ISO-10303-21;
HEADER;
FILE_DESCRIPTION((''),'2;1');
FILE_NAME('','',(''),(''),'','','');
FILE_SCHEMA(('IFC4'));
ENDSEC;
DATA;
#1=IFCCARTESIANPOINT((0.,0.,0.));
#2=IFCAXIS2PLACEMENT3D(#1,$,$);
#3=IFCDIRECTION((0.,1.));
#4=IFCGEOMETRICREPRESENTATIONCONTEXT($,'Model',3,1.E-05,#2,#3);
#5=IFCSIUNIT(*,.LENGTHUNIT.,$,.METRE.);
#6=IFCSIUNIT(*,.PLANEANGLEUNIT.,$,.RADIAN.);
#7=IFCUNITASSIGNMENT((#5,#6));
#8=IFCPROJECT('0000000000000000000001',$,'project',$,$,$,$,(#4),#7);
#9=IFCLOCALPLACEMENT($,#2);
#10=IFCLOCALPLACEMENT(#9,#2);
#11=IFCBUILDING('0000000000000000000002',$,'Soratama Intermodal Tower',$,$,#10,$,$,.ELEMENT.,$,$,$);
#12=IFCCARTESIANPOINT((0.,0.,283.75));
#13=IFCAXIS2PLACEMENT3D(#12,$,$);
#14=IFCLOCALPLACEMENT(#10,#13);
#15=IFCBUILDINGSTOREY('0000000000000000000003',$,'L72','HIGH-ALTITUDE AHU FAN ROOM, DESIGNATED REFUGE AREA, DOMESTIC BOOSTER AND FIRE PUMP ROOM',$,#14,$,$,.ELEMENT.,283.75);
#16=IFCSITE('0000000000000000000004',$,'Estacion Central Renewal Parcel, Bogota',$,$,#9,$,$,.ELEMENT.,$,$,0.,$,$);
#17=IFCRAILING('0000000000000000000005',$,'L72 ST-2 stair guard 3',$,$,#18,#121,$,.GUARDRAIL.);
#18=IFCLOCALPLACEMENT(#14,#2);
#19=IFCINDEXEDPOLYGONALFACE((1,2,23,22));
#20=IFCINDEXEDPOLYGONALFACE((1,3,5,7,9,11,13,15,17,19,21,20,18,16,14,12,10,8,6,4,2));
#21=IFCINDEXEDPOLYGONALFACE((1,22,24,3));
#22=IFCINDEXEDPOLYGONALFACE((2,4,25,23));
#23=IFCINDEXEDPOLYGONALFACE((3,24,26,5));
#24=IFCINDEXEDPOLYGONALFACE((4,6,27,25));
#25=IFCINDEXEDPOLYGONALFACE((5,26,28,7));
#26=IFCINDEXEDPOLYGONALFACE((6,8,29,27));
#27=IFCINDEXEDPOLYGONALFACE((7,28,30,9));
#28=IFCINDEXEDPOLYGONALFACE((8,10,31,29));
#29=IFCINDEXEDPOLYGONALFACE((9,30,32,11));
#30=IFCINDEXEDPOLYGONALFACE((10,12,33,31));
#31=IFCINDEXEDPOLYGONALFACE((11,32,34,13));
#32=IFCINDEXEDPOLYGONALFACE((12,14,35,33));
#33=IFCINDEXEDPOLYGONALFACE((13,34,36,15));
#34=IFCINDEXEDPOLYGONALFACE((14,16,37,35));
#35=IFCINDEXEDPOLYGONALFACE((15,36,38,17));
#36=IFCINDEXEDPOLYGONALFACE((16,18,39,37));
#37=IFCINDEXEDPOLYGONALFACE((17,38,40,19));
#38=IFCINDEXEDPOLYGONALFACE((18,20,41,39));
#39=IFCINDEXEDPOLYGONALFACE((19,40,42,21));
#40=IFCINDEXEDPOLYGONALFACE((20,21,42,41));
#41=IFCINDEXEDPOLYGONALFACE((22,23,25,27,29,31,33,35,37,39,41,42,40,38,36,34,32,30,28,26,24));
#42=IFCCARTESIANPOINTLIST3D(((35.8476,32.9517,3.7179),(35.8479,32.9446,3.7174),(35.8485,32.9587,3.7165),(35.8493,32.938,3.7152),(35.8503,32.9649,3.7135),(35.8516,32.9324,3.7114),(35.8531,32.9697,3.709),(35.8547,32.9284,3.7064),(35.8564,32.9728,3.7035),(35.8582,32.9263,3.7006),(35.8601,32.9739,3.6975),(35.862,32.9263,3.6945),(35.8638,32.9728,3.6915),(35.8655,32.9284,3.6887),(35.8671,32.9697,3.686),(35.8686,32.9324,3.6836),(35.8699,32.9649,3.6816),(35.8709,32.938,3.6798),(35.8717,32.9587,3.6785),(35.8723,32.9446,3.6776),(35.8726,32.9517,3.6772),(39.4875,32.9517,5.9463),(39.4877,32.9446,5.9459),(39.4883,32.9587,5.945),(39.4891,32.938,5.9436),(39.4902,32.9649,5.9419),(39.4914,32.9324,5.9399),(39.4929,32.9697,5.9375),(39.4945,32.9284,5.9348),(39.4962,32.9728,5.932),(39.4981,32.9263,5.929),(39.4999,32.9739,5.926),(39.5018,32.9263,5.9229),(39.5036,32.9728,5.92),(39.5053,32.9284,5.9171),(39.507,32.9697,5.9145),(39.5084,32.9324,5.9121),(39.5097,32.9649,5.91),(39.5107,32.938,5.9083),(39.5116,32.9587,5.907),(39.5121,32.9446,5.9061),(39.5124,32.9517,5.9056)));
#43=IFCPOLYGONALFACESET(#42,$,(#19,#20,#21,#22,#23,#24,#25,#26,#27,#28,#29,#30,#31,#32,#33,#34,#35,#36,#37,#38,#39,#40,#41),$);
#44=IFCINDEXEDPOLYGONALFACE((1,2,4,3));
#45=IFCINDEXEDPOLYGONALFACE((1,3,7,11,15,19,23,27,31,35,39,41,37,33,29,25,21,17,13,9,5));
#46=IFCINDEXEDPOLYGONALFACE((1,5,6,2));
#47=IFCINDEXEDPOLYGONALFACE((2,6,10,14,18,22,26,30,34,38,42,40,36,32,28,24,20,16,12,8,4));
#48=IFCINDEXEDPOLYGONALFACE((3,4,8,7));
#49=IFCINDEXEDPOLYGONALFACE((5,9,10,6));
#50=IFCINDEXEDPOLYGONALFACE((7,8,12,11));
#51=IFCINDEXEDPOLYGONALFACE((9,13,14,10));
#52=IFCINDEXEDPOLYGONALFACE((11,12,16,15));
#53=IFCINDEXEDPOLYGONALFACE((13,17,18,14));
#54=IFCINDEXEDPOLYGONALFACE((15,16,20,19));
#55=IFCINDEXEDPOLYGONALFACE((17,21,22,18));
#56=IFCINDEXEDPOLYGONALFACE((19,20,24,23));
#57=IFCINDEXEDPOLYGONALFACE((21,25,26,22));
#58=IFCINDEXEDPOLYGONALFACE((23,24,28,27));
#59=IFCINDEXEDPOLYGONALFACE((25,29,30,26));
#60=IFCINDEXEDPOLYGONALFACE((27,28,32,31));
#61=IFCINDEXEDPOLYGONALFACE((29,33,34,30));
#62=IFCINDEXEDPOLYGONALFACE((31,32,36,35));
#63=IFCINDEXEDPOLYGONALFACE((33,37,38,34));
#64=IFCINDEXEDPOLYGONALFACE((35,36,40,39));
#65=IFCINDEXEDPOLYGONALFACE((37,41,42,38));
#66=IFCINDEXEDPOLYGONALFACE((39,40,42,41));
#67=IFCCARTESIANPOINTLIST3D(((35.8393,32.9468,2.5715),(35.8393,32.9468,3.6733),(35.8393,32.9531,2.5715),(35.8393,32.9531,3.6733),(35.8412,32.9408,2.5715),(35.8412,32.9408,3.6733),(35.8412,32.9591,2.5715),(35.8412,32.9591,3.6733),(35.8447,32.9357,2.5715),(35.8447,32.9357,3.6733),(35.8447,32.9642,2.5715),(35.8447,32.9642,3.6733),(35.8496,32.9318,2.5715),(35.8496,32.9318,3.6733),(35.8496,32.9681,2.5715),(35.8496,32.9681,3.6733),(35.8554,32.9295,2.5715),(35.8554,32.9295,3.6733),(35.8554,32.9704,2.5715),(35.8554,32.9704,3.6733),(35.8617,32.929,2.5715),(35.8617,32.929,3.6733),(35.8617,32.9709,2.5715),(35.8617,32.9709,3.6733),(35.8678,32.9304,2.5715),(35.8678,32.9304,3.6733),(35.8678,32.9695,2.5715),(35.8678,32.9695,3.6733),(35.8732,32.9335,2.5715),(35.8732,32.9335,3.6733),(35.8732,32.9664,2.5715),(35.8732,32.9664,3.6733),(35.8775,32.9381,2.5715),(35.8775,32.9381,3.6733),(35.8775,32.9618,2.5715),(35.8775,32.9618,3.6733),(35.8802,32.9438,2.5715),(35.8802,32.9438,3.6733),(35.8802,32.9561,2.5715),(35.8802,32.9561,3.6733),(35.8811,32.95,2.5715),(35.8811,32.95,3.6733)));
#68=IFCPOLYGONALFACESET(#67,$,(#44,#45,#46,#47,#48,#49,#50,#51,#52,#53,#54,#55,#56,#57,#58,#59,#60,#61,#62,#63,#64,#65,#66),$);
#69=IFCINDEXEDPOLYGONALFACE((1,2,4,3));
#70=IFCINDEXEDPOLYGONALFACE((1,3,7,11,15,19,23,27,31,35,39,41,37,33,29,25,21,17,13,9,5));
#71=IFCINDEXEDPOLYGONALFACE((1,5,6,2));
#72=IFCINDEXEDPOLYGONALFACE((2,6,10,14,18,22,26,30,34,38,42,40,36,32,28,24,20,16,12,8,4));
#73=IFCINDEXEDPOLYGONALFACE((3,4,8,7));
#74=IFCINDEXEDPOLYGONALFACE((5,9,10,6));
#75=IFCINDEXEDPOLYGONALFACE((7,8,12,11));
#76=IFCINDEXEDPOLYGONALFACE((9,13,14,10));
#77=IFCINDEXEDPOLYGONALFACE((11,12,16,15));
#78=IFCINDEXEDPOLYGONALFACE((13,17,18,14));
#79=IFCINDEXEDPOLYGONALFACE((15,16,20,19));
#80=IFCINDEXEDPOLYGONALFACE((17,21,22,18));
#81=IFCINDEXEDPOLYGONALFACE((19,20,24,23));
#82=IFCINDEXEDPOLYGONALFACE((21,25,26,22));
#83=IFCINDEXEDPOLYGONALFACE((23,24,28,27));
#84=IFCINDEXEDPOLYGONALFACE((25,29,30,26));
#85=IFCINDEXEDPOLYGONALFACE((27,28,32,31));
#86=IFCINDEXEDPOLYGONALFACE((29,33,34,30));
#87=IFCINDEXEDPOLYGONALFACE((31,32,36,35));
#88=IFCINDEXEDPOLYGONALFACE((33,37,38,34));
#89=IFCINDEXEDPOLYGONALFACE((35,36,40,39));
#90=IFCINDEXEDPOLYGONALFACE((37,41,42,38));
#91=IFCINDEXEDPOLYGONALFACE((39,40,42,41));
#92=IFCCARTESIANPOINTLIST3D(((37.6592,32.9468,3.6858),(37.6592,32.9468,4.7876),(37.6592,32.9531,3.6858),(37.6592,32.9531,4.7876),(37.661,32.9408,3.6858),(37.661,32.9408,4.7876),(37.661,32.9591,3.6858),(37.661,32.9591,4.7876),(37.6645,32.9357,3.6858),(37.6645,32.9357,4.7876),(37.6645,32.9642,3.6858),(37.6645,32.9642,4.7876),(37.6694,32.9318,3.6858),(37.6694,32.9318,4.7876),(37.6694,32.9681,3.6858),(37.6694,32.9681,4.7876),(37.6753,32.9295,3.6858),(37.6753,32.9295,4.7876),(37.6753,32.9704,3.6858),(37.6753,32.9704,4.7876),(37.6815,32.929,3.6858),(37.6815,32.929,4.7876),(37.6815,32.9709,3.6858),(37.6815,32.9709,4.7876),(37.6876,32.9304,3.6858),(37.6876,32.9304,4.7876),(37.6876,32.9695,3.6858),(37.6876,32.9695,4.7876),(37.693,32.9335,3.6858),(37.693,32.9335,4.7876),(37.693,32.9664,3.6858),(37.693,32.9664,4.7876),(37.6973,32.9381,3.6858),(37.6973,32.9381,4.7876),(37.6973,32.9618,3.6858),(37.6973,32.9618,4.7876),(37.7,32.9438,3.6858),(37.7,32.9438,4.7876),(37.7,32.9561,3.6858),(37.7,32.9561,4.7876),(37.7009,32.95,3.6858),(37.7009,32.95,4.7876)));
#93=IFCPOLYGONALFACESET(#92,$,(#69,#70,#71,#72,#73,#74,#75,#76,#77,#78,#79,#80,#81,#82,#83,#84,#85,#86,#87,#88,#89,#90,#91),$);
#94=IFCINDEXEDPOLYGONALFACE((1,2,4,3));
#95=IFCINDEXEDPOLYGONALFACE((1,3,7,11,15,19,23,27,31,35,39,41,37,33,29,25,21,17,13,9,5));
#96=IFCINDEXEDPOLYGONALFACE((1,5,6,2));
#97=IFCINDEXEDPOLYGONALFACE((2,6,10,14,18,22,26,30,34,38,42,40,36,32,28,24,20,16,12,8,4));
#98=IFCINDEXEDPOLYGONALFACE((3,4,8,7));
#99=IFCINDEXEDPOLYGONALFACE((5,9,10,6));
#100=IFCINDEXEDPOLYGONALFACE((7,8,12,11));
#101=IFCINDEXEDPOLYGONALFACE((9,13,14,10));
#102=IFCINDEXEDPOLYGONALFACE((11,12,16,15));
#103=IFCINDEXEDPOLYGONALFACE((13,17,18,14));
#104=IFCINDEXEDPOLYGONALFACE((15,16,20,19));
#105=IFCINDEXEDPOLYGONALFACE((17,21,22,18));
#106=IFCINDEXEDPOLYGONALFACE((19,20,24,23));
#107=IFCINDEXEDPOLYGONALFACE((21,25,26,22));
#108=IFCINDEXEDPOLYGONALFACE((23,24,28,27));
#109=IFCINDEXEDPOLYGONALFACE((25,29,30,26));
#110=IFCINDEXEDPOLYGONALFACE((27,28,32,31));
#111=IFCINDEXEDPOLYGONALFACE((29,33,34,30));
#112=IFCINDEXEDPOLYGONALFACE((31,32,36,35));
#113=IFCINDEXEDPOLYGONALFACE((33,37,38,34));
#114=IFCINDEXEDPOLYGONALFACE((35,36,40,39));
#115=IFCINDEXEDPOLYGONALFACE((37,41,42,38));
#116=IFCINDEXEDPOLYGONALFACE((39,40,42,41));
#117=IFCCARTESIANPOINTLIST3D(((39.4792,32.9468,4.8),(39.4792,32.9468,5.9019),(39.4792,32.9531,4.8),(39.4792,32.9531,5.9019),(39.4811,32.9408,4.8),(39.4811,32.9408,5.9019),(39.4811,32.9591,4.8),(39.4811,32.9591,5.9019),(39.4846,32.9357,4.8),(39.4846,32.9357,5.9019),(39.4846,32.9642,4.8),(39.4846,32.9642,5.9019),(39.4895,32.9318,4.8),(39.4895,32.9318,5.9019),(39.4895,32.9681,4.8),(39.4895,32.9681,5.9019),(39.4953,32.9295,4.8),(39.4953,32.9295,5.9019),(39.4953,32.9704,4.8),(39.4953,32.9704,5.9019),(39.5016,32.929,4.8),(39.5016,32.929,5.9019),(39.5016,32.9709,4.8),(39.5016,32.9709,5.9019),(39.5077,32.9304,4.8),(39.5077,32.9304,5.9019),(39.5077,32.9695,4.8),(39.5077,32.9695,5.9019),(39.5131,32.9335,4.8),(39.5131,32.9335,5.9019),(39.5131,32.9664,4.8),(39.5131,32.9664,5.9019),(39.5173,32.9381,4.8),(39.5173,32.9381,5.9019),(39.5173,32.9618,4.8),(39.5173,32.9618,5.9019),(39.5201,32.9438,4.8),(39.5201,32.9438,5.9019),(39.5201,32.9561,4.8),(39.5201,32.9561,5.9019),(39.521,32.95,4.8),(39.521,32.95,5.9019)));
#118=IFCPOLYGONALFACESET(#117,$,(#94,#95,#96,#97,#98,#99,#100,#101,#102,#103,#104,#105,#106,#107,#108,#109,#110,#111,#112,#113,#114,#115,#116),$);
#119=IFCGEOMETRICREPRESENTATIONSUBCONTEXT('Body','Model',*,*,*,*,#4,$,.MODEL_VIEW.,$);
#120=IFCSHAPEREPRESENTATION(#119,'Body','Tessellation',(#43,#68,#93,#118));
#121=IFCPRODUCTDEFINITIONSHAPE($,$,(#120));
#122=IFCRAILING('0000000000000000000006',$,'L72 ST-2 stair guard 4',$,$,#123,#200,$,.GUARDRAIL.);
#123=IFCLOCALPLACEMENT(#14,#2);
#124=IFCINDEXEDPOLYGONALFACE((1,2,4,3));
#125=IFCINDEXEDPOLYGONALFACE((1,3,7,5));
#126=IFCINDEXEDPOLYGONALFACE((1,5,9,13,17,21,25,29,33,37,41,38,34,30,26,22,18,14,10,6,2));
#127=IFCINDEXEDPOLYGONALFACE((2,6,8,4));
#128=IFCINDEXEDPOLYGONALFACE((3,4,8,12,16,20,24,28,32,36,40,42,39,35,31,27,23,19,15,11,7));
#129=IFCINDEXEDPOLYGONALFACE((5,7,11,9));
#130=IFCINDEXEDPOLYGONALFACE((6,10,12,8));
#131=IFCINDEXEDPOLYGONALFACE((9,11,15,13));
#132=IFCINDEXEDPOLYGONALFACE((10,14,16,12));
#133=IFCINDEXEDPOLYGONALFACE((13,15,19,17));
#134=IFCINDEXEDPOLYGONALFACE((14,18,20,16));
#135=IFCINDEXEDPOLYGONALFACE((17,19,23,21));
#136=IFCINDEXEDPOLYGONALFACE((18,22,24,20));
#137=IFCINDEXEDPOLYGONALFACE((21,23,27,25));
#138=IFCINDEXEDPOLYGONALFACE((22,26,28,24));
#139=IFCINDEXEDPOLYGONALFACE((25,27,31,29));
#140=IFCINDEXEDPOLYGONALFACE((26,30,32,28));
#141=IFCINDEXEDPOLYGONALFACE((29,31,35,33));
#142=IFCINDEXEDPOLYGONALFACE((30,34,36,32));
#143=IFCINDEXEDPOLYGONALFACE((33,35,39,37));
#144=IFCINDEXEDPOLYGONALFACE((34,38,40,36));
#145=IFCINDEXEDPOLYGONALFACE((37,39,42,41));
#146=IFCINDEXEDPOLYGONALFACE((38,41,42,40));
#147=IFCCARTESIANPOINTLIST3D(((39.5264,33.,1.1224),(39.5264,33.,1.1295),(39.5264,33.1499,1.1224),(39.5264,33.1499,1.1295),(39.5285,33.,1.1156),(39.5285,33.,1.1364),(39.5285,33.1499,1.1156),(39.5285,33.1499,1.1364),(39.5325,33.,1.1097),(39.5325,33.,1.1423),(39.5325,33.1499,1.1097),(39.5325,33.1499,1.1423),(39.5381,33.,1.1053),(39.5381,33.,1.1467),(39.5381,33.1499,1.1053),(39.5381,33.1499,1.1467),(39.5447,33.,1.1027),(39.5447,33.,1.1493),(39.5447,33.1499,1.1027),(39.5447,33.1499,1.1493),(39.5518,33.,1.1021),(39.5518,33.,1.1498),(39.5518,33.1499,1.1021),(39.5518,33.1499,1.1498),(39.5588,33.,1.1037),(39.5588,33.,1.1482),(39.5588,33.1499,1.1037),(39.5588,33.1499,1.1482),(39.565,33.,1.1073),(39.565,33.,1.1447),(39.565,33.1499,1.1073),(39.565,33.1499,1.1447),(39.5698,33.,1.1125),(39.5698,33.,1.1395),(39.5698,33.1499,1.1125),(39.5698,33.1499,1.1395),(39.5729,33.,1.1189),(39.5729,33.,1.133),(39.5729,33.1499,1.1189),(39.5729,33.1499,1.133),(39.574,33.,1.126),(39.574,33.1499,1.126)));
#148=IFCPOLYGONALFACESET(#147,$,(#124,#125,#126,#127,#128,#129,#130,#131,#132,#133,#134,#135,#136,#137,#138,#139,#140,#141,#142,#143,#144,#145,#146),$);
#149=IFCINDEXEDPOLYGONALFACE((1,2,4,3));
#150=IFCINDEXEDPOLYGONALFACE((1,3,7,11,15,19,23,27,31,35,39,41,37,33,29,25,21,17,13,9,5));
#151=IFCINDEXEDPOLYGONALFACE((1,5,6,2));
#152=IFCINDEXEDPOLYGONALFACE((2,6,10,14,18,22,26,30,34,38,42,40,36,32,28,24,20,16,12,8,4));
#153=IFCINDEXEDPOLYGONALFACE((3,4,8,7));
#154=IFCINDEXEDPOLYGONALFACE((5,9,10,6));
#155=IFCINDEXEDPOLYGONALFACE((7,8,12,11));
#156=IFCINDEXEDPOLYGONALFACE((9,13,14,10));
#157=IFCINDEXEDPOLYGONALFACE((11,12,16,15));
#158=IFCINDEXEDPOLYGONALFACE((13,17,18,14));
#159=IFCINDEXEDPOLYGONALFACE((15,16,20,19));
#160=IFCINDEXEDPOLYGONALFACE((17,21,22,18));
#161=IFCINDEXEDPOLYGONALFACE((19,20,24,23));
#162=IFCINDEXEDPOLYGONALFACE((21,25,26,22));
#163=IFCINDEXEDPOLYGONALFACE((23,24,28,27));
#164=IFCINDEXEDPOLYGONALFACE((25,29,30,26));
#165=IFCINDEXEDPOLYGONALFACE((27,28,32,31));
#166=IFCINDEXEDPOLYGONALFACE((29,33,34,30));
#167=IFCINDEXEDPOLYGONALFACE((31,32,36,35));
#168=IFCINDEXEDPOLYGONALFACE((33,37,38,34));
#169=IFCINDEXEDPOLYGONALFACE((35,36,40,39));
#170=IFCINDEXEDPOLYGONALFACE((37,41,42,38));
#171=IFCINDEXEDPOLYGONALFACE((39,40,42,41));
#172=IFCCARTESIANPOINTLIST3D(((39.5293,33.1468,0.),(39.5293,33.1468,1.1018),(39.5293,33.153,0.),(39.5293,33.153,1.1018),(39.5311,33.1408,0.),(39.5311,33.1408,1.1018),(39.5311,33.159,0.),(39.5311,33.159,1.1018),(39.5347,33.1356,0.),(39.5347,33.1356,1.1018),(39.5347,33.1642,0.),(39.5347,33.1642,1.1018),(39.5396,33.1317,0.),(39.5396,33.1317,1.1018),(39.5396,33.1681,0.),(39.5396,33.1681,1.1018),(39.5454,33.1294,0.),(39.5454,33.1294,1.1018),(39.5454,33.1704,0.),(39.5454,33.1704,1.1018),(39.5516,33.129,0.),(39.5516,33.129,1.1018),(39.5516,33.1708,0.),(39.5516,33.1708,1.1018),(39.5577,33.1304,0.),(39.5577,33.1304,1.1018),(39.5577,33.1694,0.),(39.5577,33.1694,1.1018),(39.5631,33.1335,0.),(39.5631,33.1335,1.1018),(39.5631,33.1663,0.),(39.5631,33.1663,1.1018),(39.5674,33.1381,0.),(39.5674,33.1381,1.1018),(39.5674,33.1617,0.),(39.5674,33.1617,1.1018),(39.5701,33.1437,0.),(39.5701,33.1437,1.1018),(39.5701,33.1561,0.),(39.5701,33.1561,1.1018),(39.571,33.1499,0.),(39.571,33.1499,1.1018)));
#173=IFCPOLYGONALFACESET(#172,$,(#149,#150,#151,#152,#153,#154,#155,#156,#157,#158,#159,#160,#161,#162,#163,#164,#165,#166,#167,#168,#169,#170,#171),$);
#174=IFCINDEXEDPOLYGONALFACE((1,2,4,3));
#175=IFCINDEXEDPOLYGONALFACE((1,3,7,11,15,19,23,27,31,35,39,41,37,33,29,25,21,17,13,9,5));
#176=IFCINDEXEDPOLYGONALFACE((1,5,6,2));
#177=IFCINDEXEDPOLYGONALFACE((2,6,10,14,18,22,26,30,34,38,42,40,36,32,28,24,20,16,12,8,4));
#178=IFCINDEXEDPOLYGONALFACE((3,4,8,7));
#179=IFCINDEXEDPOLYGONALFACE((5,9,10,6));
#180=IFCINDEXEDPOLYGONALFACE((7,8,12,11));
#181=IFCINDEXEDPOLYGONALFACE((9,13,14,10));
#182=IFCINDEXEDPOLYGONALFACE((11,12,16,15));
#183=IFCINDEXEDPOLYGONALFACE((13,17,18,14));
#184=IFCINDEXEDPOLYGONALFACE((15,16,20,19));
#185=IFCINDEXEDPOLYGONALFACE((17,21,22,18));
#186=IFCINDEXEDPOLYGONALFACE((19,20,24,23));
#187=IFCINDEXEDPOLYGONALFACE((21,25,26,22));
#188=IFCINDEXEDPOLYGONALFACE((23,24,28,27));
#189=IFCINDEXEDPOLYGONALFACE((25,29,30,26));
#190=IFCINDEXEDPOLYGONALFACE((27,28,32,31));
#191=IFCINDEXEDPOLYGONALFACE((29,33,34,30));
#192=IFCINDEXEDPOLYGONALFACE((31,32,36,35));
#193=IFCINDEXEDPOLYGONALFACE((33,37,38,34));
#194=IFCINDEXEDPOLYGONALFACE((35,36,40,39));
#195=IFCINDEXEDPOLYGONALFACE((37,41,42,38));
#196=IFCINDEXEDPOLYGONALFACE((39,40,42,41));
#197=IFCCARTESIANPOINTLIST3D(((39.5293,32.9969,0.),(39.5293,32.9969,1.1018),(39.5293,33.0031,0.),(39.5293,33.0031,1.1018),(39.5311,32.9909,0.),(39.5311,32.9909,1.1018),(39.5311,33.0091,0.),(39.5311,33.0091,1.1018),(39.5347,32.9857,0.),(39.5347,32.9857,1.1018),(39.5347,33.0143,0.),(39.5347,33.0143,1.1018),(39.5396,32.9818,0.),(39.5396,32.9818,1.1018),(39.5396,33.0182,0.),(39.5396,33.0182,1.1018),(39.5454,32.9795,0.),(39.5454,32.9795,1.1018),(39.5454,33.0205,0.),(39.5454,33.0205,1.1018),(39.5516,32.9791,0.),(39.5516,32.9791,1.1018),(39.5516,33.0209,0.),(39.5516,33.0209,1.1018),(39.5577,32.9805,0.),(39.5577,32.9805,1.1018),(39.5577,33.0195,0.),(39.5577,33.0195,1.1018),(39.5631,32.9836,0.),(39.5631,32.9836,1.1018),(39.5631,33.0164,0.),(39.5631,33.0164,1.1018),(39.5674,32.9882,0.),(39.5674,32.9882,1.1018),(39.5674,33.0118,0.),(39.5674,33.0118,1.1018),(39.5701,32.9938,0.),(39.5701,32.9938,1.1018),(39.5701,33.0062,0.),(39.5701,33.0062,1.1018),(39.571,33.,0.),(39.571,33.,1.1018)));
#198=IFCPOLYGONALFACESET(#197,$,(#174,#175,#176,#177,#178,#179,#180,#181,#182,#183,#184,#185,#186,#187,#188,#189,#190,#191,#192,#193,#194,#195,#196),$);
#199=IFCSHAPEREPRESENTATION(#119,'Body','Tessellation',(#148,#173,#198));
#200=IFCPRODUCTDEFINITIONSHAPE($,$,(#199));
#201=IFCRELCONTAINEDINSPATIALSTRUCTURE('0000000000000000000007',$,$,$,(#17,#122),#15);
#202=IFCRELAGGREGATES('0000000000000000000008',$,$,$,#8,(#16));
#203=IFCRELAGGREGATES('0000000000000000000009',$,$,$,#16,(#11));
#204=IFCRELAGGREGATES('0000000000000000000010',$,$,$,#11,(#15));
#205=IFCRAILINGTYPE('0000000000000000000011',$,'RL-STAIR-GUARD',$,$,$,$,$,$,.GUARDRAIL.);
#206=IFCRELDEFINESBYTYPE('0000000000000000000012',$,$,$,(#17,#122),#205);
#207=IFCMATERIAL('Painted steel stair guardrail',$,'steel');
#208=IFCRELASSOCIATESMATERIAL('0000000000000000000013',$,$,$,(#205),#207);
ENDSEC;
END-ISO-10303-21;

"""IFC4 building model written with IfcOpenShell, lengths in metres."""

from ifc_helpers import new_model, si_unit, direction, frame, origin, origin_2d, place, context, subcontext, project, spatial, circle, extrude, material, type_object, element, save


model = new_model("IFC4")

# Units and contexts
model_context = context("Model", 3, precision=1e-05, world=origin(), true_north=direction((0.0, 1.0)))
body_context = subcontext(model_context, "Body", "Model", "MODEL_VIEW")
ifc_project = project(units=[si_unit("LENGTHUNIT", "METRE"), si_unit("PLANEANGLEUNIT", "RADIAN")], contexts=[model_context])

# Site, building, storey
site_placement = place(None, origin())
site = spatial("IfcSite", under=ifc_project, at=site_placement, Name="Estacion Central Renewal Parcel, Bogota", CompositionType="ELEMENT", RefElevation=0.0)
building_placement = place(site_placement, origin())
building = spatial("IfcBuilding", under=site, at=building_placement, Name="Soratama Intermodal Tower", CompositionType="ELEMENT")
storey_placement = place(building_placement, frame((0.0, 0.0, 283.75)))
storey = spatial("IfcBuildingStorey", under=building, at=storey_placement, Name="L72", Description="HIGH-ALTITUDE AHU FAN ROOM, DESIGNATED REFUGE AREA, DOMESTIC BOOSTER AND FIRE PUMP ROOM", CompositionType="ELEMENT", Elevation=283.75)

# Railings
ifc_material_1 = material(Name="Painted steel stair guardrail", Category="steel")
railing_type_1 = type_object("IfcRailingType", Name="RL-STAIR-GUARD", PredefinedType="GUARDRAIL", material=ifc_material_1)
railing_1_placement = place(storey_placement, frame((35.8601, 32.95, 2.5715)))
element("IfcRailing", 1, at=railing_1_placement, inside=storey, type_object=railing_type_1, Name="L72 ST-2 stair guard 3", PredefinedType="GUARDRAIL", context=body_context, shape_type="SweptSolid", body=[
    extrude(circle(Radius=0.0239, at=origin_2d()), frame((0.0, 0.0, 1.126), z_axis=(0.85285, 0.0, 0.522156), x_axis=(0.0, 1.0, 0.0)), (0.0, 0.0, 1.0), 4.2678),
    extrude(circle(Radius=0.021, at=origin_2d()), origin(), (0.0, 0.0, 1.0), 1.1018),
    extrude(circle(Radius=0.021, at=origin_2d()), frame((1.8198, 0.0, 1.1143)), (0.0, 0.0, 1.0), 1.1018),
    extrude(circle(Radius=0.021, at=origin_2d()), frame((3.6399, 0.0, 2.2285)), (0.0, 0.0, 1.0), 1.1018),
])
railing_2_placement = place(storey_placement, frame((39.55, 33.1499, 0.0)))
element("IfcRailing", 2, at=railing_2_placement, inside=storey, type_object=railing_type_1, Name="L72 ST-2 stair guard 4", PredefinedType="GUARDRAIL", context=body_context, shape_type="SweptSolid", body=[
    extrude(circle(Radius=0.0239, at=origin_2d()), frame((0.0, 0.0, 1.126), z_axis=(0.0, -1.0, 0.0), x_axis=(1.0, 0.0, 0.0)), (0.0, 0.0, 1.0), 0.1499),
    extrude(circle(Radius=0.021, at=origin_2d()), origin(), (0.0, 0.0, 1.0), 1.1018),
    extrude(circle(Radius=0.021, at=origin_2d()), frame((0.0, -0.1499, 0.0)), (0.0, 0.0, 1.0), 1.1018),
])

save(model, "model.ifc")
